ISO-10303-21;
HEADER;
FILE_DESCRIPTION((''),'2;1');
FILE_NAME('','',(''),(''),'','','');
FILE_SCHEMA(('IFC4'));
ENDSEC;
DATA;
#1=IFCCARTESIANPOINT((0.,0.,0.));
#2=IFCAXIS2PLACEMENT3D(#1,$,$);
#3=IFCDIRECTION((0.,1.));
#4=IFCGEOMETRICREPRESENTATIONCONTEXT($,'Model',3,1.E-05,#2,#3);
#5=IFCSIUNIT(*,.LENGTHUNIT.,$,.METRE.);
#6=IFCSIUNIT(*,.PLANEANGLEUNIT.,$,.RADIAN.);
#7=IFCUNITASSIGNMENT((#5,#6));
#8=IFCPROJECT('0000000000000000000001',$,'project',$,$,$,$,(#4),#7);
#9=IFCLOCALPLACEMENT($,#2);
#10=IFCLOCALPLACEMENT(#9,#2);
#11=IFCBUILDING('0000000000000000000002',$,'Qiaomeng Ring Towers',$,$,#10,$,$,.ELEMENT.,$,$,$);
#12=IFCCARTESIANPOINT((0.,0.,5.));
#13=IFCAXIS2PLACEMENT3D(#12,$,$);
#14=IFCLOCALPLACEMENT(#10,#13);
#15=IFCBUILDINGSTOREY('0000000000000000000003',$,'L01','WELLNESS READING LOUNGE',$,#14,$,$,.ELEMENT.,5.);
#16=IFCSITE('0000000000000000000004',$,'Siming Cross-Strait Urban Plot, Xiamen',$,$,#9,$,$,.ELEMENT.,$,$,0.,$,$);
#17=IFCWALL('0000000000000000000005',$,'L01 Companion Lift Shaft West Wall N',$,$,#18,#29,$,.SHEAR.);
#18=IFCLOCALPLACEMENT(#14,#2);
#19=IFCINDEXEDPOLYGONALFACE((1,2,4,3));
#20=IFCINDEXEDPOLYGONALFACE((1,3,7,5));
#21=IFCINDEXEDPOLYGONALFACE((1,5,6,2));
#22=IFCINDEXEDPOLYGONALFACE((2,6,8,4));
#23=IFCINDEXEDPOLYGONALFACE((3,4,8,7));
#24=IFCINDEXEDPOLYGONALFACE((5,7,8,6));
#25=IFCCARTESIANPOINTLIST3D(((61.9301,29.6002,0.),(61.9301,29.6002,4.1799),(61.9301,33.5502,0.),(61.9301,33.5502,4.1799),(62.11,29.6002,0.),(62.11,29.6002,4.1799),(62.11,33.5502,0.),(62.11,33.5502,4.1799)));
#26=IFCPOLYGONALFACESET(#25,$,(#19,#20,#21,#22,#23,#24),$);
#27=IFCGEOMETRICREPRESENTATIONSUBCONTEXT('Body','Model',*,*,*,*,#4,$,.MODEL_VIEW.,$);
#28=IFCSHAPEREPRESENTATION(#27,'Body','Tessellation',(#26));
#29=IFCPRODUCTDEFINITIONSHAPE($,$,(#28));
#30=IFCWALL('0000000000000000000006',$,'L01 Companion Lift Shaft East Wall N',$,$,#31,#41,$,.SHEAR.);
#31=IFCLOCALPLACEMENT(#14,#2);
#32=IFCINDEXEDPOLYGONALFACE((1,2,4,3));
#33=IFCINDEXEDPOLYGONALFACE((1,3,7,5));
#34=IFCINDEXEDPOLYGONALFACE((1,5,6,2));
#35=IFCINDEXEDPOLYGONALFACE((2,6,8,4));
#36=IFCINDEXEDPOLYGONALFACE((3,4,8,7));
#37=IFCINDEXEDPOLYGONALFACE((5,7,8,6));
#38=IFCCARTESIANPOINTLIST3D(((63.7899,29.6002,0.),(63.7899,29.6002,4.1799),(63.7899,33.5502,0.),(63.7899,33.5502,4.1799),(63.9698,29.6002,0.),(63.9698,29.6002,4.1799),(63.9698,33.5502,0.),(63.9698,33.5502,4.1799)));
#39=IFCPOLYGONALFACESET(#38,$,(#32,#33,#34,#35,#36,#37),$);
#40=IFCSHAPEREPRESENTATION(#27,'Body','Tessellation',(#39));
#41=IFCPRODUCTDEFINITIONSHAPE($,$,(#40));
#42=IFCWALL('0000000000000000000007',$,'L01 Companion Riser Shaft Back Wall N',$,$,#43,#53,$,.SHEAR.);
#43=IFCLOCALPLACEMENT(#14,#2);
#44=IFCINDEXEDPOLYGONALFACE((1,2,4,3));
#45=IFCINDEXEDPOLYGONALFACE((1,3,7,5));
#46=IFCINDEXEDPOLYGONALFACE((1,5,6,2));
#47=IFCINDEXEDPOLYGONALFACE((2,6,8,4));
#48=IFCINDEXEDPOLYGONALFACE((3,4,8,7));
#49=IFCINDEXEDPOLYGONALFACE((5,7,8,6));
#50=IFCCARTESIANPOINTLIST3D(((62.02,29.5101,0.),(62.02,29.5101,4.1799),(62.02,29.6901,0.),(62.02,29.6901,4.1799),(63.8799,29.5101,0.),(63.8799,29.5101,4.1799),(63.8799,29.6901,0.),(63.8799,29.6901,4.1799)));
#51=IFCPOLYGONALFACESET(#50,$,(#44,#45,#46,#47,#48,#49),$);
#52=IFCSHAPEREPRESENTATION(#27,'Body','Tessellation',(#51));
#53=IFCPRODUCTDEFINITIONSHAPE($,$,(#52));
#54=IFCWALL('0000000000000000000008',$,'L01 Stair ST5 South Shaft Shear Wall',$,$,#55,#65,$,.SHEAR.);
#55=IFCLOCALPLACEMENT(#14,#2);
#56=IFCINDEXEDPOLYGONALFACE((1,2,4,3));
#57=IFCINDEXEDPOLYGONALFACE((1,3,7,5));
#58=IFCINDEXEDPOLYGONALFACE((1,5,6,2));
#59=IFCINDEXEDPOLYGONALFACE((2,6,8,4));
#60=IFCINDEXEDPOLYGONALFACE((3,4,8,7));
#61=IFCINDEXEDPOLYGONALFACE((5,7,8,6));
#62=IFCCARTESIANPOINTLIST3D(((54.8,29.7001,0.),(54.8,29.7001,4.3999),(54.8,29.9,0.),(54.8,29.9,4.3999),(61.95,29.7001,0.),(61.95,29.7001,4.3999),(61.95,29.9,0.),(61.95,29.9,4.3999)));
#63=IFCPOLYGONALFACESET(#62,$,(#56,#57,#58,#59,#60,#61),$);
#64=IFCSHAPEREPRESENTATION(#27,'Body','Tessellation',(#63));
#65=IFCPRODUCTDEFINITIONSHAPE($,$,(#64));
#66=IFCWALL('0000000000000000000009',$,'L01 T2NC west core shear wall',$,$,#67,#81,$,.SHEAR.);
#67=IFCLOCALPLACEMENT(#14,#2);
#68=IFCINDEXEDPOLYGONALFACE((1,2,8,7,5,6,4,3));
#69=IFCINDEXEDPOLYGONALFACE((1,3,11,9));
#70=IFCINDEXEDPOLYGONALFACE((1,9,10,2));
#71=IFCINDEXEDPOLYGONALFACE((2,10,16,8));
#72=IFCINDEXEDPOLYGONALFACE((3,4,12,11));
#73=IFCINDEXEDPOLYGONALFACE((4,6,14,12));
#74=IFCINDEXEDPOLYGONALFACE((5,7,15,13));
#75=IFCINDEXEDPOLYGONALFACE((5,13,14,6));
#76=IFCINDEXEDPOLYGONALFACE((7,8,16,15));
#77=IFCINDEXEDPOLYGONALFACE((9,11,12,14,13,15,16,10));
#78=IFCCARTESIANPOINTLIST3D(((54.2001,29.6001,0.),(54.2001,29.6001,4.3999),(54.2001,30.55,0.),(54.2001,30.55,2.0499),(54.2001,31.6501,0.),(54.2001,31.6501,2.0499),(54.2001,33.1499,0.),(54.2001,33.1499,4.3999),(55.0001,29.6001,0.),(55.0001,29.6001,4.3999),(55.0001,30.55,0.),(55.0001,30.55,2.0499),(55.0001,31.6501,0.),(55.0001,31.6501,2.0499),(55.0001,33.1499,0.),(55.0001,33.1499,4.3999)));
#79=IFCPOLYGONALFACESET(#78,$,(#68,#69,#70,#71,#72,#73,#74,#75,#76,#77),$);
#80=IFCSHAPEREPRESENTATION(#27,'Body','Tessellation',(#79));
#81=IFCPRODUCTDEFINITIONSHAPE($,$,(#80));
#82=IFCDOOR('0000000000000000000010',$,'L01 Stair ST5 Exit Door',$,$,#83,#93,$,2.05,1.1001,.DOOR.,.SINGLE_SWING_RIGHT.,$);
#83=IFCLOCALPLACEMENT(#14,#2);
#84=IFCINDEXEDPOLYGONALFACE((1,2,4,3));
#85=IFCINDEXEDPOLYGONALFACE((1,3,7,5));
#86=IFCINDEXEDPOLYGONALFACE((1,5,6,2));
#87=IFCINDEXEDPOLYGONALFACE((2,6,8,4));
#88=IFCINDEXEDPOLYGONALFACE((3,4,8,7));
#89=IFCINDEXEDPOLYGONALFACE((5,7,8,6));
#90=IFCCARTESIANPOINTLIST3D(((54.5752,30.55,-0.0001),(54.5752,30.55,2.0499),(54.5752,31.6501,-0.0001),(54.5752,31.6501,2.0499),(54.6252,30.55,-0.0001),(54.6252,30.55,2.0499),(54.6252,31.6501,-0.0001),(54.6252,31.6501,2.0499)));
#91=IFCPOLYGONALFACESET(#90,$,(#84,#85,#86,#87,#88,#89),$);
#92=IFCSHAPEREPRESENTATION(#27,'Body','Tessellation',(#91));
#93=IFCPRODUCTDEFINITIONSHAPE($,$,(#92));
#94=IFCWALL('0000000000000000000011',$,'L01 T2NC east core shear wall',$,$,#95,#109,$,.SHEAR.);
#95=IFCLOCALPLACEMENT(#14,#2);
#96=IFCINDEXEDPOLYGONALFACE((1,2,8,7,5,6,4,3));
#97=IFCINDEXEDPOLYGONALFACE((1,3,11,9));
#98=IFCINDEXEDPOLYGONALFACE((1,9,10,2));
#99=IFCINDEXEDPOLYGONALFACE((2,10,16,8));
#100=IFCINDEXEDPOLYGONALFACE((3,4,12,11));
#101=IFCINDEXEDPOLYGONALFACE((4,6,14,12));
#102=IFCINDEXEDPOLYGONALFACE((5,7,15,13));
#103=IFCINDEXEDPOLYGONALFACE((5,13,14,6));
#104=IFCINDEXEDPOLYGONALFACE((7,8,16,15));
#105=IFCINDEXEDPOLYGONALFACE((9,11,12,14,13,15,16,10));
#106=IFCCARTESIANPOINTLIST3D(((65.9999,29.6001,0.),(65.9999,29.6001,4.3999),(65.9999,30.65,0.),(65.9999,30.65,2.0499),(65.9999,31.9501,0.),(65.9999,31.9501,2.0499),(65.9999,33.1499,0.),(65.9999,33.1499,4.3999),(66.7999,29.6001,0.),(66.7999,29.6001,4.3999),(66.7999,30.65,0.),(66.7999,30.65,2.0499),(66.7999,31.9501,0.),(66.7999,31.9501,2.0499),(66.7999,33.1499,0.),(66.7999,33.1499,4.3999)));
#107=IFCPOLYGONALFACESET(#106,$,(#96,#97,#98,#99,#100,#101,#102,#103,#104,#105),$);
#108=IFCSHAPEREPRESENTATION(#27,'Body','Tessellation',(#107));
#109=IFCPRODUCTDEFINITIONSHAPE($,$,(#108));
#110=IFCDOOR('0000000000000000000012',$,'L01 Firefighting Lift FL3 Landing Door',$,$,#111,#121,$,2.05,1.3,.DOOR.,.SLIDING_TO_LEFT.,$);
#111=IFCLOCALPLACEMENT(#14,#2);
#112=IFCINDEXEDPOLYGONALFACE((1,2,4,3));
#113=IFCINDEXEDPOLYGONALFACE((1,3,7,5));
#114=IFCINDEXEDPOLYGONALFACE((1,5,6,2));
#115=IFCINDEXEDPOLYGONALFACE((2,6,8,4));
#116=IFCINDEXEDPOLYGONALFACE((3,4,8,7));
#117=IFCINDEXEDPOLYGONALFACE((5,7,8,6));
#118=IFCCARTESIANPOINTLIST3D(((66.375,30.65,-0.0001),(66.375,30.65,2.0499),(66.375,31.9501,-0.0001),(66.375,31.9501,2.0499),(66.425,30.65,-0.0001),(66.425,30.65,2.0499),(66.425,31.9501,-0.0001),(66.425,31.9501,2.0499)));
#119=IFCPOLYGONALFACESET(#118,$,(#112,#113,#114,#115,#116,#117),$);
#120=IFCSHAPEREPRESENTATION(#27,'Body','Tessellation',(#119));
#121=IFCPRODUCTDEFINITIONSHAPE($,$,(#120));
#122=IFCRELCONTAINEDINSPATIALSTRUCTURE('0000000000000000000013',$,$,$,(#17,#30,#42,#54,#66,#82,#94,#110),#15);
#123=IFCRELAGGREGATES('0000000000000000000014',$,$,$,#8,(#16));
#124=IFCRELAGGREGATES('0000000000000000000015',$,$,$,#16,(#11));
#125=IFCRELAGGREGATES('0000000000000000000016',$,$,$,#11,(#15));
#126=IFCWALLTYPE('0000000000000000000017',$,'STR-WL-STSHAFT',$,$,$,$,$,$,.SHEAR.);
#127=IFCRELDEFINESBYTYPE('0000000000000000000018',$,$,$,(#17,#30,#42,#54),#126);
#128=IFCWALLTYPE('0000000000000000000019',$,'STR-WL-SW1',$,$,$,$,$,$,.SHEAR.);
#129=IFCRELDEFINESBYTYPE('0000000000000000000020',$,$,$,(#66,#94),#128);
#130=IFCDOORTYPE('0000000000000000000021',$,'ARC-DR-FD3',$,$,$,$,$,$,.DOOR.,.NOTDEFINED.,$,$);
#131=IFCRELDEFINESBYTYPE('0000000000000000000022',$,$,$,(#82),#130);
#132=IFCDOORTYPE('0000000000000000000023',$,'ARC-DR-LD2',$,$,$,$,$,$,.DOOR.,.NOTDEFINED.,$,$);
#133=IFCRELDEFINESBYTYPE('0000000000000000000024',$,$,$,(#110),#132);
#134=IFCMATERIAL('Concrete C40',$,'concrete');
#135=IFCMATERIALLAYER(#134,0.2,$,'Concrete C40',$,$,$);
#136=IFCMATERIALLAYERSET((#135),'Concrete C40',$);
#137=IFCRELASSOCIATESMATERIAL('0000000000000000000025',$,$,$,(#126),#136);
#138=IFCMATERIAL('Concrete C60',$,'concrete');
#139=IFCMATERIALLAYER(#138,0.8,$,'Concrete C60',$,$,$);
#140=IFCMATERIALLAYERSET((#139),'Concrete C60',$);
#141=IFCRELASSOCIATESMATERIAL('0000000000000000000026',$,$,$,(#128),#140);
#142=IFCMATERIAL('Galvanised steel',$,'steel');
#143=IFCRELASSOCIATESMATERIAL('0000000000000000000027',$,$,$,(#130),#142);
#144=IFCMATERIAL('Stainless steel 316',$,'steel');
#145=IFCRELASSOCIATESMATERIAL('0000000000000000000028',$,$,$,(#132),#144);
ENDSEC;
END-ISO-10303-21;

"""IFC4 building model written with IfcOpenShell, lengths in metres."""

from ifc_helpers import new_model, si_unit, direction, frame, frame_2d, origin, place, context, subcontext, project, spatial, rectangle, extrude, source, transform, mapped, material, layer, layer_set, type_object, element, fill, save


model = new_model("IFC4")

# Units and contexts
model_context = context("Model", 3, precision=1e-05, world=origin(), true_north=direction((0.0, 1.0)))
body_context = subcontext(model_context, "Body", "Model", "MODEL_VIEW")
ifc_project = project(units=[si_unit("LENGTHUNIT", "METRE"), si_unit("PLANEANGLEUNIT", "RADIAN")], contexts=[model_context])

# Site, building, storey
site_placement = place(None, origin())
site = spatial("IfcSite", under=ifc_project, at=site_placement, Name="Siming Cross-Strait Urban Plot, Xiamen", CompositionType="ELEMENT", RefElevation=0.0)
building_placement = place(site_placement, origin())
building = spatial("IfcBuilding", under=site, at=building_placement, Name="Qiaomeng Ring Towers", CompositionType="ELEMENT")
storey_placement = place(building_placement, frame((0.0, 0.0, 5.0)))
storey = spatial("IfcBuildingStorey", under=building, at=storey_placement, Name="L01", Description="WELLNESS READING LOUNGE", CompositionType="ELEMENT", Elevation=5.0)

# Walls
ifc_material_1 = material(Name="Concrete C40", Category="concrete")
ifc_layer_1 = layer(ifc_material_1, 0.2, Name="Concrete C40")
ifc_layer_set_1 = layer_set([ifc_layer_1], Name="Concrete C40")
wall_type_1 = type_object("IfcWallType", Name="STR-WL-STSHAFT", PredefinedType="SHEAR", material=ifc_layer_set_1)
for number, where, z_axis, x_axis, name in (
    (1, (62.02, 29.6001, 0.0), (0.0, 0.0, 1.0), (0.0, 1.0, 0.0), "L01 Companion Lift Shaft West Wall N"),
    (2, (63.8799, 29.6001, 0.0), (0.0, 0.0, 1.0), (0.0, 1.0, 0.0), "L01 Companion Lift Shaft East Wall N"),
):
    element("IfcWall", number, at=place(storey_placement, frame(where, z_axis=z_axis, x_axis=x_axis)), inside=storey, type_object=wall_type_1, Name=name, PredefinedType="SHEAR", context=body_context, shape_type="SweptSolid", body=[
        extrude(rectangle(XDim=3.95, YDim=0.1799, at=frame_2d((1.9751, 0.0))), origin(), (0.0, 0.0, 1.0), 4.1799),
    ])
wall_1_placement = place(storey_placement, frame((62.02, 29.6001, 0.0), z_axis=(0.0, 0.0, 1.0), x_axis=(1.0, 0.0, 0.0)))
element("IfcWall", 3, at=wall_1_placement, inside=storey, type_object=wall_type_1, Name="L01 Companion Riser Shaft Back Wall N", PredefinedType="SHEAR", context=body_context, shape_type="SweptSolid", body=[
    extrude(rectangle(XDim=1.8599, YDim=0.1799, at=frame_2d((0.9299, 0.0))), origin(), (0.0, 0.0, 1.0), 4.1799),
])
wall_2_placement = place(storey_placement, frame((54.8, 29.8, 0.0), z_axis=(0.0, 0.0, 1.0), x_axis=(1.0, 0.0, 0.0)))
element("IfcWall", 4, at=wall_2_placement, inside=storey, type_object=wall_type_1, Name="L01 Stair ST5 South Shaft Shear Wall", PredefinedType="SHEAR", context=body_context, shape_type="SweptSolid", body=[
    extrude(rectangle(XDim=7.1499, YDim=0.2, at=frame_2d((3.575, 0.0))), origin(), (0.0, 0.0, 1.0), 4.3999),
])

# Walls, openings, doors
ifc_material_2 = material(Name="Concrete C60", Category="concrete")
ifc_layer_2 = layer(ifc_material_2, 0.8, Name="Concrete C60")
ifc_layer_set_2 = layer_set([ifc_layer_2], Name="Concrete C60")
wall_type_2 = type_object("IfcWallType", Name="STR-WL-SW1", PredefinedType="SHEAR", material=ifc_layer_set_2)
wall_3_placement = place(storey_placement, frame((54.6001, 29.6001, 0.0), z_axis=(0.0, 0.0, 1.0), x_axis=(0.0, 1.0, 0.0)))
wall_3 = element("IfcWall", 5, at=wall_3_placement, inside=storey, type_object=wall_type_2, Name="L01 T2NC west core shear wall", PredefinedType="SHEAR", context=body_context, shape_type="SweptSolid", body=[
    extrude(rectangle(XDim=3.5498, YDim=0.8, at=frame_2d((1.7749, 0.0))), origin(), (0.0, 0.0, 1.0), 4.3999),
])
opening_1_placement = place(wall_3_placement, frame((0.95, 0.0, 0.0)))
opening_1 = element("IfcOpeningElement", 6, at=opening_1_placement, cuts=wall_3, PredefinedType="OPENING", context=body_context, shape_type="SweptSolid", body=[
    extrude(rectangle(XDim=1.1001, YDim=2.05, at=frame_2d((0.55, 1.0249))), frame((0.0, 0.4099, 0.0), z_axis=(0.0, -1.0, 0.0), x_axis=(1.0, 0.0, 0.0)), (0.0, 0.0, 1.0), 0.8201),
])
ifc_material_3 = material(Name="Galvanised steel", Category="steel")
door_type_1 = type_object("IfcDoorType", Name="ARC-DR-FD3", OperationType="NOTDEFINED", PredefinedType="DOOR", material=ifc_material_3)
shared_shape_1 = source(origin(), body_context, "Body", "SweptSolid", [
    extrude(rectangle(XDim=1.1001, YDim=2.05, at=frame_2d((0.55, 1.0249))), frame((0.0, 0.0249, 0.0), z_axis=(0.0, -1.0, 0.0), x_axis=(1.0, 0.0, 0.0)), (0.0, 0.0, 1.0), 0.05),
])
door_1_placement = place(opening_1_placement, origin())
door_1 = element("IfcDoor", 7, at=door_1_placement, inside=storey, type_object=door_type_1, Name="L01 Stair ST5 Exit Door", OperationType="SINGLE_SWING_RIGHT", OverallHeight=2.05, OverallWidth=1.1001, PredefinedType="DOOR", context=body_context, shape_type="MappedRepresentation", body=[
    mapped(shared_shape_1, transform((0.0, 0.0, 0.0), x_axis=(1.0, 0.0, 0.0), y_axis=(0.0, 1.0, 0.0), z_axis=(0.0, 0.0, 1.0), scale=1.0)),
])
fill(opening_1, door_1)
wall_4_placement = place(storey_placement, frame((66.3999, 29.6001, 0.0), z_axis=(0.0, 0.0, 1.0), x_axis=(0.0, 1.0, 0.0)))
wall_4 = element("IfcWall", 8, at=wall_4_placement, inside=storey, type_object=wall_type_2, Name="L01 T2NC east core shear wall", PredefinedType="SHEAR", context=body_context, shape_type="SweptSolid", body=[
    extrude(rectangle(XDim=3.5498, YDim=0.8, at=frame_2d((1.7749, 0.0))), origin(), (0.0, 0.0, 1.0), 4.3999),
])
opening_2_placement = place(wall_4_placement, frame((1.05, 0.0, 0.0)))
opening_2 = element("IfcOpeningElement", 9, at=opening_2_placement, cuts=wall_4, PredefinedType="OPENING", context=body_context, shape_type="SweptSolid", body=[
    extrude(rectangle(XDim=1.3, YDim=2.05, at=frame_2d((0.6499, 1.0249))), frame((0.0, 0.4099, 0.0), z_axis=(0.0, -1.0, 0.0), x_axis=(1.0, 0.0, 0.0)), (0.0, 0.0, 1.0), 0.8201),
])
ifc_material_4 = material(Name="Stainless steel 316", Category="steel")
door_type_2 = type_object("IfcDoorType", Name="ARC-DR-LD2", OperationType="NOTDEFINED", PredefinedType="DOOR", material=ifc_material_4)
shared_shape_2 = source(origin(), body_context, "Body", "SweptSolid", [
    extrude(rectangle(XDim=1.3, YDim=2.05, at=frame_2d((0.6499, 1.0249))), frame((0.0, 0.0249, 0.0), z_axis=(0.0, -1.0, 0.0), x_axis=(1.0, 0.0, 0.0)), (0.0, 0.0, 1.0), 0.05),
])
door_2_placement = place(opening_2_placement, origin())
door_2 = element("IfcDoor", 10, at=door_2_placement, inside=storey, type_object=door_type_2, Name="L01 Firefighting Lift FL3 Landing Door", OperationType="SLIDING_TO_LEFT", OverallHeight=2.05, OverallWidth=1.3, PredefinedType="DOOR", context=body_context, shape_type="MappedRepresentation", body=[
    mapped(shared_shape_2, transform((0.0, 0.0, 0.0), x_axis=(1.0, 0.0, 0.0), y_axis=(0.0, 1.0, 0.0), z_axis=(0.0, 0.0, 1.0), scale=1.0)),
])
fill(opening_2, door_2)

save(model, "model.ifc")
